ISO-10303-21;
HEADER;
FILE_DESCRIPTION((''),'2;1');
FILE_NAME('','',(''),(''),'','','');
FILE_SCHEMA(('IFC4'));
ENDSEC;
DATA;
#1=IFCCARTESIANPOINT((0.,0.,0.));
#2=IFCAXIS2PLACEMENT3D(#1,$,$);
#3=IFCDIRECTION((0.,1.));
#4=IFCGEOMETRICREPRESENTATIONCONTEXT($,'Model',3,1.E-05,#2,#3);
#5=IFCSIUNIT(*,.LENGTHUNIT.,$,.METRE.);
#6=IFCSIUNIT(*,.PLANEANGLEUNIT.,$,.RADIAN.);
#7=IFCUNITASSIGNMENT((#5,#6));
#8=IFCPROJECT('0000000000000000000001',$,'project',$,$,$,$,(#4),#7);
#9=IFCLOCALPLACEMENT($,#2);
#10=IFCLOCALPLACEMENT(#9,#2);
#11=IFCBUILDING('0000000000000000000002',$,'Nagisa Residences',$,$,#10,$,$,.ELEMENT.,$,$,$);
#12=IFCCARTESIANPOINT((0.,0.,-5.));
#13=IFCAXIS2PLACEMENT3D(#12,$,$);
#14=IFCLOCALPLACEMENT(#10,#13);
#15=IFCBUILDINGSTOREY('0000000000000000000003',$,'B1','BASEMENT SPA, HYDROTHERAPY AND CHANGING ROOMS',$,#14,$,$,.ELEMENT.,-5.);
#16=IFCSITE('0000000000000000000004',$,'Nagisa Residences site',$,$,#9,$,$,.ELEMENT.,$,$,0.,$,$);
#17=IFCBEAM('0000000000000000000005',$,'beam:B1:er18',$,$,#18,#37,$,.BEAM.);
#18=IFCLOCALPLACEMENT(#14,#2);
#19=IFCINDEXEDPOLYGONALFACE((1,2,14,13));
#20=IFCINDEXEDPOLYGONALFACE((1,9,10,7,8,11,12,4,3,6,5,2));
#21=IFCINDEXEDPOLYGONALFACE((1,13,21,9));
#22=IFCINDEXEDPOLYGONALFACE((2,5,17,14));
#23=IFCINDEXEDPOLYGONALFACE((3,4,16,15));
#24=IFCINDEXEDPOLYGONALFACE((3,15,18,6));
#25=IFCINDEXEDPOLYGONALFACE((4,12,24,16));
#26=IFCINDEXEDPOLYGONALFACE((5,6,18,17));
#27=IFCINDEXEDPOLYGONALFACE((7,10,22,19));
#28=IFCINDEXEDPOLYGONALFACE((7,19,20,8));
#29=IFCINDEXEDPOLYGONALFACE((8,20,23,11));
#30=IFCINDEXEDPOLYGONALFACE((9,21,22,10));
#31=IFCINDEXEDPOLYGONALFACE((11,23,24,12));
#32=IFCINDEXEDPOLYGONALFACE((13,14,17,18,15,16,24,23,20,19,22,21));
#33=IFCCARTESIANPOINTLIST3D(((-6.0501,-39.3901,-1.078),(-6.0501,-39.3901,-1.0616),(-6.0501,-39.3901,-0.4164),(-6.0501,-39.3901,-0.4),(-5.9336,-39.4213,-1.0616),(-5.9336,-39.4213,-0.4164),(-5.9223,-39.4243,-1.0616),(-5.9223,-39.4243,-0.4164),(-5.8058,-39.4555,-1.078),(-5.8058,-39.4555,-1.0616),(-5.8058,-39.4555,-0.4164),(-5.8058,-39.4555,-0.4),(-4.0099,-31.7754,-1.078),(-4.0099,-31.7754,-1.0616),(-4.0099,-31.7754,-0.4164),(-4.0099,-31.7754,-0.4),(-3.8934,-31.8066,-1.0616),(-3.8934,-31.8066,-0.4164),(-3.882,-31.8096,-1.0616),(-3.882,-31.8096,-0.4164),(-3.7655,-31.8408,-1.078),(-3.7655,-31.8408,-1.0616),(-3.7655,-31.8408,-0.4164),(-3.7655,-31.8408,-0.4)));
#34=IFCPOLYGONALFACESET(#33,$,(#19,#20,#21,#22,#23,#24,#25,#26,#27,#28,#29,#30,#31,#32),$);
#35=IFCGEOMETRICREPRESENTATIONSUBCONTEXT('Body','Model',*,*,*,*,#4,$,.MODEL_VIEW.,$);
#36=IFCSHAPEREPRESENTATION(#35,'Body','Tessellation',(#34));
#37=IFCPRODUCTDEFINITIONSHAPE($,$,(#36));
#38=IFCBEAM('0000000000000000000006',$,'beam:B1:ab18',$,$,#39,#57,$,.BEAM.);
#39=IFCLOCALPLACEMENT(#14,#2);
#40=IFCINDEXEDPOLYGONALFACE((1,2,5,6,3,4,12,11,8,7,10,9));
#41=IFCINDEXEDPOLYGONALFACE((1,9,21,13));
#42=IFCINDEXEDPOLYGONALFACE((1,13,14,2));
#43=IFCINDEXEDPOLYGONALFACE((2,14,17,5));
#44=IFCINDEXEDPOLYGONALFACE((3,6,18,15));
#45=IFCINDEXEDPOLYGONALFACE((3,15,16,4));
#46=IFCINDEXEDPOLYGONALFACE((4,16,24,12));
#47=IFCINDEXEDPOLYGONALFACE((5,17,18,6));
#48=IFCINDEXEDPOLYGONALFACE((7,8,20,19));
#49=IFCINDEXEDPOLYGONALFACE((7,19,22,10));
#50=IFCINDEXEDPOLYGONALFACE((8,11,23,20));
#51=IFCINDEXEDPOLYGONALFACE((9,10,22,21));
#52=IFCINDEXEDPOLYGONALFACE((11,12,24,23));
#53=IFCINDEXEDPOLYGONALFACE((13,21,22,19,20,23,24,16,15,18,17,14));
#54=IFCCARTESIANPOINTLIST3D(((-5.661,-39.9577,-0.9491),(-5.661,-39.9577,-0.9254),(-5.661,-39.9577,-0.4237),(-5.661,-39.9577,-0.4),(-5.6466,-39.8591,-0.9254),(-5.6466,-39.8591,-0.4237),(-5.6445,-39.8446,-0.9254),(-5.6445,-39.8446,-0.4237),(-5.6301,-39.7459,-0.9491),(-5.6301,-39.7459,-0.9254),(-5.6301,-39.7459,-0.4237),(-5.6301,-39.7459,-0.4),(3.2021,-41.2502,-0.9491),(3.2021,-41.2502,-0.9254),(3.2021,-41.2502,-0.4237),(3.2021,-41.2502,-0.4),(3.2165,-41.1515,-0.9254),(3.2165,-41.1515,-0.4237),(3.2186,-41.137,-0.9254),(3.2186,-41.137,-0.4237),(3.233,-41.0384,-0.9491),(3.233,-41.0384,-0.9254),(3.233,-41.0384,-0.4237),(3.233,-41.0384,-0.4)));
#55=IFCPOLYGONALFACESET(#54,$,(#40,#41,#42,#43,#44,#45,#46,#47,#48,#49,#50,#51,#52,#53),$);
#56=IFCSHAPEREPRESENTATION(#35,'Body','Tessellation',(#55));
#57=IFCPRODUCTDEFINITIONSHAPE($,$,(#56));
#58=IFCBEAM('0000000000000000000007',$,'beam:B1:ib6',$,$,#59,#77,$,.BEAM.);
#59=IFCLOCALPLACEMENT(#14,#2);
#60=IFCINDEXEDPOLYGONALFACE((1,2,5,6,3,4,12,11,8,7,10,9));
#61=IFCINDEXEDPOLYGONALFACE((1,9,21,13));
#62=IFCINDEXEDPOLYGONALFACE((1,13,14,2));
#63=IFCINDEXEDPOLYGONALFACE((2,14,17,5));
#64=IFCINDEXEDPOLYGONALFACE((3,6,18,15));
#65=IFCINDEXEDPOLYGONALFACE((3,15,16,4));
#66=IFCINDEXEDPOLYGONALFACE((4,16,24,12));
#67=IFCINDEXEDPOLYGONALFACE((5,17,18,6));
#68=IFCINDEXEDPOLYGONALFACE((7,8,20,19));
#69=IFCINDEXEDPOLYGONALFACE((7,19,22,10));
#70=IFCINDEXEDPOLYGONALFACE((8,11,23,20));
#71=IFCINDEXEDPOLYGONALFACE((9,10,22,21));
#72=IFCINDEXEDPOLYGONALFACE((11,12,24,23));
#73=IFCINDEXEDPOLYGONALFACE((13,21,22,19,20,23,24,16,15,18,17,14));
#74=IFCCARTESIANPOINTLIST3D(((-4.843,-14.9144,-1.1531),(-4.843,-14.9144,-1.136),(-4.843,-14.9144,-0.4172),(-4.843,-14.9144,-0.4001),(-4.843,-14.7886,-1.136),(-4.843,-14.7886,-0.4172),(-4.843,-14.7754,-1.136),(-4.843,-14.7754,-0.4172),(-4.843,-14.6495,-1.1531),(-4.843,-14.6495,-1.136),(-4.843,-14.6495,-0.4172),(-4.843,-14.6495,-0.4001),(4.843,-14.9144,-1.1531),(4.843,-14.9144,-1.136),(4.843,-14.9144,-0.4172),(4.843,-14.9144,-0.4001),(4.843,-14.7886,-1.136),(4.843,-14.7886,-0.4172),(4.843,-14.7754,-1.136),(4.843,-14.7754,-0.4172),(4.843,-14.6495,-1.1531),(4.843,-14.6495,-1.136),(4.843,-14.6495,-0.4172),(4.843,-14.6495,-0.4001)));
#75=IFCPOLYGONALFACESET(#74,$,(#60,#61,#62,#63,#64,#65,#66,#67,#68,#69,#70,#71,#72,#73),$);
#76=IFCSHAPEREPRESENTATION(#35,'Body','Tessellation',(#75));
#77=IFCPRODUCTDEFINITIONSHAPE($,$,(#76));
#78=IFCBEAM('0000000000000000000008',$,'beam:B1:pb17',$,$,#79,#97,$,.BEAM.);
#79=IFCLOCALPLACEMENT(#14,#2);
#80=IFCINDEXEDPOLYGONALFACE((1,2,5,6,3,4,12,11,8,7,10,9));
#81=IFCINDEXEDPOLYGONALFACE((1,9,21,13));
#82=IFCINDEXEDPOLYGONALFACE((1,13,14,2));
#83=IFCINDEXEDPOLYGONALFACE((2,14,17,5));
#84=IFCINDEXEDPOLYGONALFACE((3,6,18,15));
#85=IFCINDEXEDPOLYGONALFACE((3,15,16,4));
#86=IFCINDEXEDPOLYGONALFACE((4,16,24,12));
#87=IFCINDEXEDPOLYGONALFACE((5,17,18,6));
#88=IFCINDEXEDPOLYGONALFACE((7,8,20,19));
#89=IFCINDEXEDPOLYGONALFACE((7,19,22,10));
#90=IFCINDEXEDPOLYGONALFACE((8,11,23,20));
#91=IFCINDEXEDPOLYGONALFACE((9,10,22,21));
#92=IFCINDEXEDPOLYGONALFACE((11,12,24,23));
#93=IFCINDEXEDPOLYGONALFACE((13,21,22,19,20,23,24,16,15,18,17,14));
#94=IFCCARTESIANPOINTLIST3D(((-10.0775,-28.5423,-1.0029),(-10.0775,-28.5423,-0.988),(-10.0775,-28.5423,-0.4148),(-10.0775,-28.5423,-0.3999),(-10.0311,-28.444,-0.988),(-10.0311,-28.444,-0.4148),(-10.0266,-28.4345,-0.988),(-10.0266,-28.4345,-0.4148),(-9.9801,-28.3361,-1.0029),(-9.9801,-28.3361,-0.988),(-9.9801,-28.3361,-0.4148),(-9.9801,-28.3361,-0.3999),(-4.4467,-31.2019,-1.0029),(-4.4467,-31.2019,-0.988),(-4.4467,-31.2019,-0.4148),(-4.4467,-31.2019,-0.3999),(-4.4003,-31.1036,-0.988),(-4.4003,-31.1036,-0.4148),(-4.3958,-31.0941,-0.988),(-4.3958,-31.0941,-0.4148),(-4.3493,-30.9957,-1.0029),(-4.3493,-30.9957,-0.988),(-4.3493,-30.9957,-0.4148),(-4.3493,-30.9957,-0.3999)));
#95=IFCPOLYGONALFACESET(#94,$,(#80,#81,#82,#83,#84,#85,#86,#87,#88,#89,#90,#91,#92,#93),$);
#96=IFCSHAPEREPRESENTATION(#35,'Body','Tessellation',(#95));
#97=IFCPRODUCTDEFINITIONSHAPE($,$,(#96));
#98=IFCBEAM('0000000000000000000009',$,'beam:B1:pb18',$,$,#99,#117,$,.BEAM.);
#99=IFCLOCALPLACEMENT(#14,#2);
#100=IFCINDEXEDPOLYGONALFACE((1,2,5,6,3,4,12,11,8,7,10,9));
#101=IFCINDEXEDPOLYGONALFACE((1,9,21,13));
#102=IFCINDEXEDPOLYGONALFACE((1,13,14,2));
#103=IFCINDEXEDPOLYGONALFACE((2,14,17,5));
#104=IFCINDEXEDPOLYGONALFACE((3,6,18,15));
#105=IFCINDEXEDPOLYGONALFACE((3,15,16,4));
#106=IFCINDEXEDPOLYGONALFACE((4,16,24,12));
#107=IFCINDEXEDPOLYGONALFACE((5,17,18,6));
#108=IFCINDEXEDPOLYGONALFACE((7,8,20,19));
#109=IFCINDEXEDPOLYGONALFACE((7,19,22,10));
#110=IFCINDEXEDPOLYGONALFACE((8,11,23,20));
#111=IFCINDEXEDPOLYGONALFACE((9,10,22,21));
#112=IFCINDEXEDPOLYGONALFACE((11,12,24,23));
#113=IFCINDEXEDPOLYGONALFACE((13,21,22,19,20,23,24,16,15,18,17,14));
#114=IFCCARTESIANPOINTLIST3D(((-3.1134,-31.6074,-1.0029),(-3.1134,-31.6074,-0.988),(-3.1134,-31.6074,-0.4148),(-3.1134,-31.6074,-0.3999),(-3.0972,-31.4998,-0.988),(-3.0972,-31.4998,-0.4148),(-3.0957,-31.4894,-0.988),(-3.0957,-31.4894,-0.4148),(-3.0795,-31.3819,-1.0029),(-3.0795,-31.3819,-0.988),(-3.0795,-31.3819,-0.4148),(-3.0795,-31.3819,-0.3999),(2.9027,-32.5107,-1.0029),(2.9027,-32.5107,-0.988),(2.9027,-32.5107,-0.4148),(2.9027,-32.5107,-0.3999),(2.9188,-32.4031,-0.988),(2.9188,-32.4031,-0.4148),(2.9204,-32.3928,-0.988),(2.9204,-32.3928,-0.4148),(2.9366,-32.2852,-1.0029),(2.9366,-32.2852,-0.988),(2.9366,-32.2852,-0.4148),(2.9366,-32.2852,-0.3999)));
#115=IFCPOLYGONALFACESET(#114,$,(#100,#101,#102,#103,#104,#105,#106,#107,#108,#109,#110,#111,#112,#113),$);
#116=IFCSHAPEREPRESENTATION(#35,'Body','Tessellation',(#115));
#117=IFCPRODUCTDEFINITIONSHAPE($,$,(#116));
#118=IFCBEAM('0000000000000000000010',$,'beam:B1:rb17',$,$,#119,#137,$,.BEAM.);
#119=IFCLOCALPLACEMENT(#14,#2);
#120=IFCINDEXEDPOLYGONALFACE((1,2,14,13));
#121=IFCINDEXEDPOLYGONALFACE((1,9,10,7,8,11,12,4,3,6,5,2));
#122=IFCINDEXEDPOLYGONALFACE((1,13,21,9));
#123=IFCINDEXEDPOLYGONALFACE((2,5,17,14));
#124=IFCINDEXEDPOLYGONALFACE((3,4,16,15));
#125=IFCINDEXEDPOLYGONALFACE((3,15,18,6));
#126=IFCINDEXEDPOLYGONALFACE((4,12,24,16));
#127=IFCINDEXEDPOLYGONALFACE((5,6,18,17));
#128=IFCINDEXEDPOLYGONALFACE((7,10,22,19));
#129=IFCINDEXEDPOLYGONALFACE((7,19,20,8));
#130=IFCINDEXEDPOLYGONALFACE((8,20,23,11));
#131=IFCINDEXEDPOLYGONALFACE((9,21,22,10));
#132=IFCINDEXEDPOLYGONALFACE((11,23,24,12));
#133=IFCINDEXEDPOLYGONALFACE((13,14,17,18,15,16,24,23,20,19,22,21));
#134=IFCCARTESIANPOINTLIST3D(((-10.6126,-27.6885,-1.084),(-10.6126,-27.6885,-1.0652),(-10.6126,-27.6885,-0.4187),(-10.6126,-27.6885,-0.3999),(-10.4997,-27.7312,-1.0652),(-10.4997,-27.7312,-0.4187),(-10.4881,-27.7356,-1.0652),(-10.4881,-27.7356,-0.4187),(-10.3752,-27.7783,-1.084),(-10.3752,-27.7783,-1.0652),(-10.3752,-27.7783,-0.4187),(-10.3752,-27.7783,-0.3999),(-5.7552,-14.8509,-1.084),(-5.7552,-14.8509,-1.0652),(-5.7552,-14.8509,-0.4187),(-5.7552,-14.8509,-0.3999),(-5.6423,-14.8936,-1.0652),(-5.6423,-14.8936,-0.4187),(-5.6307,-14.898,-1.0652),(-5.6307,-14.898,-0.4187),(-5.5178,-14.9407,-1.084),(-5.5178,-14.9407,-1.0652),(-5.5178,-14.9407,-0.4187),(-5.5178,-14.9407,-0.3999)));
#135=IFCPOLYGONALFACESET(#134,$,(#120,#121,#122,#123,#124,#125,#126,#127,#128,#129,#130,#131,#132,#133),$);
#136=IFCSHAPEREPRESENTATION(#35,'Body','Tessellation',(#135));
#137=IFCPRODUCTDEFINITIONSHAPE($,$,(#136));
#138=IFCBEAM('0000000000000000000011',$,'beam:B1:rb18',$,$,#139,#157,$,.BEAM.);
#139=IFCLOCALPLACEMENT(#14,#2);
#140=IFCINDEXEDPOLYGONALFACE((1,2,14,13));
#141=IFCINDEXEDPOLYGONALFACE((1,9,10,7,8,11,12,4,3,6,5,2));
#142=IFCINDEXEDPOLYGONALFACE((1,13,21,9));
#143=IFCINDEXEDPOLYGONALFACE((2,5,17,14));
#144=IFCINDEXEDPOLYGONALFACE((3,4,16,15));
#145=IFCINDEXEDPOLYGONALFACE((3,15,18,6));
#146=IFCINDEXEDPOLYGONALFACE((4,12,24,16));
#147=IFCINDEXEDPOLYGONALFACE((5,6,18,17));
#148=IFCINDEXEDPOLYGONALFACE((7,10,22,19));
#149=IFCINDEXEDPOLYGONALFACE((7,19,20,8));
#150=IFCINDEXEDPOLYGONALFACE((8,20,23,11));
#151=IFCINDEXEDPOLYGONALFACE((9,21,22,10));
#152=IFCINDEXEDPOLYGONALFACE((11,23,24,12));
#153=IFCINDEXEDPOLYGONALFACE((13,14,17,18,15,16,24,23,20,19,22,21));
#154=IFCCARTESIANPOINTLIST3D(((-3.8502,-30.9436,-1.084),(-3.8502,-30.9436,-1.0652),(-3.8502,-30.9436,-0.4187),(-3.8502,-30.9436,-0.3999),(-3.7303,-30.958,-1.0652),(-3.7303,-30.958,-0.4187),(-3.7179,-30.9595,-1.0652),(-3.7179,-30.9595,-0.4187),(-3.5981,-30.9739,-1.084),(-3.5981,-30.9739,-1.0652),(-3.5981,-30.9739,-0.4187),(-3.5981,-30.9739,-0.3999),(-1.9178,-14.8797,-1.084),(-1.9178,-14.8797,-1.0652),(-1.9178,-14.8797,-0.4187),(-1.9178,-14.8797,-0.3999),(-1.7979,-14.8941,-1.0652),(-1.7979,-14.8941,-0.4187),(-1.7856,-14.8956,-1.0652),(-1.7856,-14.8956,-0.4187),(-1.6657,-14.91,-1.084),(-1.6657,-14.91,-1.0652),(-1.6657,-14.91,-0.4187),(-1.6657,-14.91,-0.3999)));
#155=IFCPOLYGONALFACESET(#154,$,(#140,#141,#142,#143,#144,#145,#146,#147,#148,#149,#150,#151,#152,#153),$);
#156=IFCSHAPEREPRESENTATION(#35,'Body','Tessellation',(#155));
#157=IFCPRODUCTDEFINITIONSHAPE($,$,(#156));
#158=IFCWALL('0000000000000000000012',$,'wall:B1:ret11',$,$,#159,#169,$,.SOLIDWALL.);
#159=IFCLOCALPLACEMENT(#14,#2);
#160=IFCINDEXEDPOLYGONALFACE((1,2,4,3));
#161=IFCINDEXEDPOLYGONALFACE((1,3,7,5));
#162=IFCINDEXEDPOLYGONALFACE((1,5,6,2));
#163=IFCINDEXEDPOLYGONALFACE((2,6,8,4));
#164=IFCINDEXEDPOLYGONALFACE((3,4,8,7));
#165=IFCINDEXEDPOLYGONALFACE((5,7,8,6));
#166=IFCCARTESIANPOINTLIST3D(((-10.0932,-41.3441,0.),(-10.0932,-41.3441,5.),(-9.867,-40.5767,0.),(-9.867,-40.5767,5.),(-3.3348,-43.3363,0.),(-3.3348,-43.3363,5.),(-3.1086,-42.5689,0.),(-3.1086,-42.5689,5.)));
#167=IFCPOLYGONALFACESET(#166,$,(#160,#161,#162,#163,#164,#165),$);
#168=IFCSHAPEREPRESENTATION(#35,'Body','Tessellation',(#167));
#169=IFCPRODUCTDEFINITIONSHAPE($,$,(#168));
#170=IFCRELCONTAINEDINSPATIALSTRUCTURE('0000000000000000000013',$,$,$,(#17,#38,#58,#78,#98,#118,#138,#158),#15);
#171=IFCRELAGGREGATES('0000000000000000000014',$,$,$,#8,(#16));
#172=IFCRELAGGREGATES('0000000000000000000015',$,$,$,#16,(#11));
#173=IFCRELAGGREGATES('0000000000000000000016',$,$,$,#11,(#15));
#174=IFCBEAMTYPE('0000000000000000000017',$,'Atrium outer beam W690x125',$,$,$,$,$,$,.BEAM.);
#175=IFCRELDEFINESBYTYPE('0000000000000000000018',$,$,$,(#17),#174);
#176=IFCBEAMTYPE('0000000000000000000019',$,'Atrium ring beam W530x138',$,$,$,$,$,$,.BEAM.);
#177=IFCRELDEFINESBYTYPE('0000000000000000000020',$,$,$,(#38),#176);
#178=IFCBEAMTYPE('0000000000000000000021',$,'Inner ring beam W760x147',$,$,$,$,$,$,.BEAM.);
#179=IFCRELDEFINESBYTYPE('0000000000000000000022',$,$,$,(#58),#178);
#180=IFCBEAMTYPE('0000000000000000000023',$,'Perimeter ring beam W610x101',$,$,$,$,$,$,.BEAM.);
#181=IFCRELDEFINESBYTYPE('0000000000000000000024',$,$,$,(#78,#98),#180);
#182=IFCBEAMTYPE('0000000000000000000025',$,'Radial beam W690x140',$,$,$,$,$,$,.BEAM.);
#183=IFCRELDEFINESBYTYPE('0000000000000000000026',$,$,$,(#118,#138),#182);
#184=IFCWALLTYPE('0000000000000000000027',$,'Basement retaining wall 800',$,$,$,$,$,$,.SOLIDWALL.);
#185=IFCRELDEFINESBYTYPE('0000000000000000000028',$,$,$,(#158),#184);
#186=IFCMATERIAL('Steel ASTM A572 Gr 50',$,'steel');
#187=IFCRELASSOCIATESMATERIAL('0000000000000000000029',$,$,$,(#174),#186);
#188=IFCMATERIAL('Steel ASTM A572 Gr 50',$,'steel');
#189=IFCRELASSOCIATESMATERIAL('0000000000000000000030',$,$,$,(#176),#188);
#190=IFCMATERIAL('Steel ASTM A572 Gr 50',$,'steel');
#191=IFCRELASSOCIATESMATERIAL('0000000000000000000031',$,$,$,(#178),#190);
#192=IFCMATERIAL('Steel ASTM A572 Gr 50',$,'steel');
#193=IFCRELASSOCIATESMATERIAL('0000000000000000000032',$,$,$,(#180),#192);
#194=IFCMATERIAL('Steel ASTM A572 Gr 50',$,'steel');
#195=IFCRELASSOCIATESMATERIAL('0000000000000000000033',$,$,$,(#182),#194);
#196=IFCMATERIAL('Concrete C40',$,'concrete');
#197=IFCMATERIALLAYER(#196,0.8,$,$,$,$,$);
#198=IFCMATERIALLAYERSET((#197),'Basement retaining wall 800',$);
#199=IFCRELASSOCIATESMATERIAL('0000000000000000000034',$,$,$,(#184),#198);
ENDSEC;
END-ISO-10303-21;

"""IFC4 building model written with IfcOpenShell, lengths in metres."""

from ifc_helpers import new_model, si_unit, direction, frame, frame_2d, origin, origin_2d, place, context, subcontext, project, spatial, rectangle, i_section, extrude, material, layer, layer_set, material_profile, profile_set, type_object, element, save


model = new_model("IFC4")

# Units and contexts
model_context = context("Model", 3, precision=1e-05, world=origin(), true_north=direction((0.0, 1.0)))
body_context = subcontext(model_context, "Body", "Model", "MODEL_VIEW")
ifc_project = project(units=[si_unit("LENGTHUNIT", "METRE"), si_unit("PLANEANGLEUNIT", "RADIAN")], contexts=[model_context])

# Site, building, storey
site_placement = place(None, origin())
site = spatial("IfcSite", under=ifc_project, at=site_placement, Name="Nagisa Residences site", CompositionType="ELEMENT", RefElevation=0.0)
building_placement = place(site_placement, origin())
building = spatial("IfcBuilding", under=site, at=building_placement, Name="Nagisa Residences", CompositionType="ELEMENT")
storey_placement = place(building_placement, frame((0.0, 0.0, -5.0)))
storey = spatial("IfcBuildingStorey", under=building, at=storey_placement, Name="B1", Description="BASEMENT SPA, HYDROTHERAPY AND CHANGING ROOMS", CompositionType="ELEMENT", Elevation=-5.0)

# Beams
ifc_material_1 = material(Name="Steel ASTM A572 Gr 50", Category="steel")
ifc_material_profile_1 = material_profile(ifc_material_1, i_section(OverallWidth=0.2529, OverallDepth=0.678, WebThickness=0.0117, FlangeThickness=0.0164, at=origin_2d()), Name="W690x125")
ifc_profile_set_1 = profile_set([ifc_material_profile_1], Name="Steel ASTM A572 Gr 50")
beam_type_1 = type_object("IfcBeamType", Name="Atrium outer beam W690x125", PredefinedType="BEAM", material=ifc_profile_set_1)
beam_1_placement = place(storey_placement, frame((-3.8877, -31.8081, -0.739), z_axis=(-0.258809, -0.965928, 0.0), x_axis=(0.965928, -0.258809, 0.0)))
element("IfcBeam", 1, at=beam_1_placement, inside=storey, type_object=beam_type_1, Name="beam:B1:er18", PredefinedType="BEAM", context=body_context, shape_type="SweptSolid", body=[
    extrude(i_section(OverallWidth=0.2529, OverallDepth=0.678, WebThickness=0.0117, FlangeThickness=0.0164, at=origin_2d()), origin(), (0.0, 0.0, 1.0), 7.8833),
])
ifc_material_2 = material(Name="Steel ASTM A572 Gr 50", Category="steel")
ifc_material_profile_2 = material_profile(ifc_material_2, i_section(OverallWidth=0.2141, OverallDepth=0.5491, WebThickness=0.0146, FlangeThickness=0.0237, at=origin_2d()), Name="W530x138")
ifc_profile_set_2 = profile_set([ifc_material_profile_2], Name="Steel ASTM A572 Gr 50")
beam_type_2 = type_object("IfcBeamType", Name="Atrium ring beam W530x138", PredefinedType="BEAM", material=ifc_profile_set_2)
beam_2_placement = place(storey_placement, frame((-5.6455, -39.8518, -0.6746), z_axis=(0.989534, -0.144302, 0.0), x_axis=(0.144302, 0.989534, 0.0)))
element("IfcBeam", 2, at=beam_2_placement, inside=storey, type_object=beam_type_2, Name="beam:B1:ab18", PredefinedType="BEAM", context=body_context, shape_type="SweptSolid", body=[
    extrude(i_section(OverallWidth=0.2141, OverallDepth=0.5491, WebThickness=0.0146, FlangeThickness=0.0237, at=origin_2d()), origin(), (0.0, 0.0, 1.0), 8.9568),
])
ifc_material_3 = material(Name="Steel ASTM A572 Gr 50", Category="steel")
ifc_material_profile_3 = material_profile(ifc_material_3, i_section(OverallWidth=0.2649, OverallDepth=0.7529, WebThickness=0.0132, FlangeThickness=0.0171, at=origin_2d()), Name="W760x147")
ifc_profile_set_3 = profile_set([ifc_material_profile_3], Name="Steel ASTM A572 Gr 50")
beam_type_3 = type_object("IfcBeamType", Name="Inner ring beam W760x147", PredefinedType="BEAM", material=ifc_profile_set_3)
beam_3_placement = place(storey_placement, frame((-4.843, -14.782, -0.7766), z_axis=(1.0, 0.0, 0.0), x_axis=(0.0, 1.0, 0.0)))
element("IfcBeam", 3, at=beam_3_placement, inside=storey, type_object=beam_type_3, Name="beam:B1:ib6", PredefinedType="BEAM", context=body_context, shape_type="SweptSolid", body=[
    extrude(i_section(OverallWidth=0.2649, OverallDepth=0.7529, WebThickness=0.0132, FlangeThickness=0.0171, at=origin_2d()), origin(), (0.0, 0.0, 1.0), 9.686),
])
ifc_material_4 = material(Name="Steel ASTM A572 Gr 50", Category="steel")
ifc_material_profile_4 = material_profile(ifc_material_4, i_section(OverallWidth=0.228, OverallDepth=0.603, WebThickness=0.0105, FlangeThickness=0.0149, at=origin_2d()), Name="W610x101")
ifc_profile_set_4 = profile_set([ifc_material_profile_4], Name="Steel ASTM A572 Gr 50")
beam_type_4 = type_object("IfcBeamType", Name="Perimeter ring beam W610x101", PredefinedType="BEAM", material=ifc_profile_set_4)
beam_4_placement = place(storey_placement, frame((-10.0288, -28.4392, -0.7014), z_axis=(0.904208, -0.427092, 0.0), x_axis=(0.427092, 0.904208, 0.0)))
element("IfcBeam", 4, at=beam_4_placement, inside=storey, type_object=beam_type_4, Name="beam:B1:pb17", PredefinedType="BEAM", context=body_context, shape_type="SweptSolid", body=[
    extrude(i_section(OverallWidth=0.228, OverallDepth=0.603, WebThickness=0.0105, FlangeThickness=0.0149, at=origin_2d()), origin(), (0.0, 0.0, 1.0), 6.2273),
])
beam_5_placement = place(storey_placement, frame((-3.0964, -31.4946, -0.7014), z_axis=(0.988915, -0.148486, 0.0), x_axis=(0.148486, 0.988915, 0.0)))
element("IfcBeam", 5, at=beam_5_placement, inside=storey, type_object=beam_type_4, Name="beam:B1:pb18", PredefinedType="BEAM", context=body_context, shape_type="SweptSolid", body=[
    extrude(i_section(OverallWidth=0.228, OverallDepth=0.603, WebThickness=0.0105, FlangeThickness=0.0149, at=origin_2d()), origin(), (0.0, 0.0, 1.0), 6.0835),
])
ifc_material_5 = material(Name="Steel ASTM A572 Gr 50", Category="steel")
ifc_material_profile_5 = material_profile(ifc_material_5, i_section(OverallWidth=0.2539, OverallDepth=0.6841, WebThickness=0.0125, FlangeThickness=0.0188, at=origin_2d()), Name="W690x140")
ifc_profile_set_5 = profile_set([ifc_material_profile_5], Name="Steel ASTM A572 Gr 50")
beam_type_5 = type_object("IfcBeamType", Name="Radial beam W690x140", PredefinedType="BEAM", material=ifc_profile_set_5)
beam_6_placement = place(storey_placement, frame((-10.4939, -27.7334, -0.7419), z_axis=(0.353888, 0.935288, 0.0), x_axis=(-0.935288, 0.353888, 0.0)))
element("IfcBeam", 6, at=beam_6_placement, inside=storey, type_object=beam_type_5, Name="beam:B1:rb17", PredefinedType="BEAM", context=body_context, shape_type="SweptSolid", body=[
    extrude(i_section(OverallWidth=0.2539, OverallDepth=0.6841, WebThickness=0.0125, FlangeThickness=0.0188, at=origin_2d()), origin(), (0.0, 0.0, 1.0), 13.7258),
])
beam_7_placement = place(storey_placement, frame((-3.7241, -30.9587, -0.7419), z_axis=(0.119431, 0.992842, 0.0), x_axis=(-0.992842, 0.119431, 0.0)))
element("IfcBeam", 7, at=beam_7_placement, inside=storey, type_object=beam_type_5, Name="beam:B1:rb18", PredefinedType="BEAM", context=body_context, shape_type="SweptSolid", body=[
    extrude(i_section(OverallWidth=0.2539, OverallDepth=0.6841, WebThickness=0.0125, FlangeThickness=0.0188, at=origin_2d()), origin(), (0.0, 0.0, 1.0), 16.1797),
])

# Wall
ifc_material_6 = material(Name="Concrete C40", Category="concrete")
ifc_layer_1 = layer(ifc_material_6, 0.8)
ifc_layer_set_1 = layer_set([ifc_layer_1], Name="Basement retaining wall 800")
wall_type_1 = type_object("IfcWallType", Name="Basement retaining wall 800", PredefinedType="SOLIDWALL", material=ifc_layer_set_1)
wall_1_placement = place(storey_placement, frame((-3.2217, -42.9526, 0.0), z_axis=(0.0, 0.0, 1.0), x_axis=(-0.959194, 0.282748, 0.0)))
element("IfcWall", 8, at=wall_1_placement, inside=storey, type_object=wall_type_1, Name="wall:B1:ret11", PredefinedType="SOLIDWALL", context=body_context, shape_type="SweptSolid", body=[
    extrude(rectangle(XDim=7.0459, YDim=0.8, at=frame_2d((3.5229, 0.0))), origin(), (0.0, 0.0, 1.0), 5.0),
])

save(model, "model.ifc")
